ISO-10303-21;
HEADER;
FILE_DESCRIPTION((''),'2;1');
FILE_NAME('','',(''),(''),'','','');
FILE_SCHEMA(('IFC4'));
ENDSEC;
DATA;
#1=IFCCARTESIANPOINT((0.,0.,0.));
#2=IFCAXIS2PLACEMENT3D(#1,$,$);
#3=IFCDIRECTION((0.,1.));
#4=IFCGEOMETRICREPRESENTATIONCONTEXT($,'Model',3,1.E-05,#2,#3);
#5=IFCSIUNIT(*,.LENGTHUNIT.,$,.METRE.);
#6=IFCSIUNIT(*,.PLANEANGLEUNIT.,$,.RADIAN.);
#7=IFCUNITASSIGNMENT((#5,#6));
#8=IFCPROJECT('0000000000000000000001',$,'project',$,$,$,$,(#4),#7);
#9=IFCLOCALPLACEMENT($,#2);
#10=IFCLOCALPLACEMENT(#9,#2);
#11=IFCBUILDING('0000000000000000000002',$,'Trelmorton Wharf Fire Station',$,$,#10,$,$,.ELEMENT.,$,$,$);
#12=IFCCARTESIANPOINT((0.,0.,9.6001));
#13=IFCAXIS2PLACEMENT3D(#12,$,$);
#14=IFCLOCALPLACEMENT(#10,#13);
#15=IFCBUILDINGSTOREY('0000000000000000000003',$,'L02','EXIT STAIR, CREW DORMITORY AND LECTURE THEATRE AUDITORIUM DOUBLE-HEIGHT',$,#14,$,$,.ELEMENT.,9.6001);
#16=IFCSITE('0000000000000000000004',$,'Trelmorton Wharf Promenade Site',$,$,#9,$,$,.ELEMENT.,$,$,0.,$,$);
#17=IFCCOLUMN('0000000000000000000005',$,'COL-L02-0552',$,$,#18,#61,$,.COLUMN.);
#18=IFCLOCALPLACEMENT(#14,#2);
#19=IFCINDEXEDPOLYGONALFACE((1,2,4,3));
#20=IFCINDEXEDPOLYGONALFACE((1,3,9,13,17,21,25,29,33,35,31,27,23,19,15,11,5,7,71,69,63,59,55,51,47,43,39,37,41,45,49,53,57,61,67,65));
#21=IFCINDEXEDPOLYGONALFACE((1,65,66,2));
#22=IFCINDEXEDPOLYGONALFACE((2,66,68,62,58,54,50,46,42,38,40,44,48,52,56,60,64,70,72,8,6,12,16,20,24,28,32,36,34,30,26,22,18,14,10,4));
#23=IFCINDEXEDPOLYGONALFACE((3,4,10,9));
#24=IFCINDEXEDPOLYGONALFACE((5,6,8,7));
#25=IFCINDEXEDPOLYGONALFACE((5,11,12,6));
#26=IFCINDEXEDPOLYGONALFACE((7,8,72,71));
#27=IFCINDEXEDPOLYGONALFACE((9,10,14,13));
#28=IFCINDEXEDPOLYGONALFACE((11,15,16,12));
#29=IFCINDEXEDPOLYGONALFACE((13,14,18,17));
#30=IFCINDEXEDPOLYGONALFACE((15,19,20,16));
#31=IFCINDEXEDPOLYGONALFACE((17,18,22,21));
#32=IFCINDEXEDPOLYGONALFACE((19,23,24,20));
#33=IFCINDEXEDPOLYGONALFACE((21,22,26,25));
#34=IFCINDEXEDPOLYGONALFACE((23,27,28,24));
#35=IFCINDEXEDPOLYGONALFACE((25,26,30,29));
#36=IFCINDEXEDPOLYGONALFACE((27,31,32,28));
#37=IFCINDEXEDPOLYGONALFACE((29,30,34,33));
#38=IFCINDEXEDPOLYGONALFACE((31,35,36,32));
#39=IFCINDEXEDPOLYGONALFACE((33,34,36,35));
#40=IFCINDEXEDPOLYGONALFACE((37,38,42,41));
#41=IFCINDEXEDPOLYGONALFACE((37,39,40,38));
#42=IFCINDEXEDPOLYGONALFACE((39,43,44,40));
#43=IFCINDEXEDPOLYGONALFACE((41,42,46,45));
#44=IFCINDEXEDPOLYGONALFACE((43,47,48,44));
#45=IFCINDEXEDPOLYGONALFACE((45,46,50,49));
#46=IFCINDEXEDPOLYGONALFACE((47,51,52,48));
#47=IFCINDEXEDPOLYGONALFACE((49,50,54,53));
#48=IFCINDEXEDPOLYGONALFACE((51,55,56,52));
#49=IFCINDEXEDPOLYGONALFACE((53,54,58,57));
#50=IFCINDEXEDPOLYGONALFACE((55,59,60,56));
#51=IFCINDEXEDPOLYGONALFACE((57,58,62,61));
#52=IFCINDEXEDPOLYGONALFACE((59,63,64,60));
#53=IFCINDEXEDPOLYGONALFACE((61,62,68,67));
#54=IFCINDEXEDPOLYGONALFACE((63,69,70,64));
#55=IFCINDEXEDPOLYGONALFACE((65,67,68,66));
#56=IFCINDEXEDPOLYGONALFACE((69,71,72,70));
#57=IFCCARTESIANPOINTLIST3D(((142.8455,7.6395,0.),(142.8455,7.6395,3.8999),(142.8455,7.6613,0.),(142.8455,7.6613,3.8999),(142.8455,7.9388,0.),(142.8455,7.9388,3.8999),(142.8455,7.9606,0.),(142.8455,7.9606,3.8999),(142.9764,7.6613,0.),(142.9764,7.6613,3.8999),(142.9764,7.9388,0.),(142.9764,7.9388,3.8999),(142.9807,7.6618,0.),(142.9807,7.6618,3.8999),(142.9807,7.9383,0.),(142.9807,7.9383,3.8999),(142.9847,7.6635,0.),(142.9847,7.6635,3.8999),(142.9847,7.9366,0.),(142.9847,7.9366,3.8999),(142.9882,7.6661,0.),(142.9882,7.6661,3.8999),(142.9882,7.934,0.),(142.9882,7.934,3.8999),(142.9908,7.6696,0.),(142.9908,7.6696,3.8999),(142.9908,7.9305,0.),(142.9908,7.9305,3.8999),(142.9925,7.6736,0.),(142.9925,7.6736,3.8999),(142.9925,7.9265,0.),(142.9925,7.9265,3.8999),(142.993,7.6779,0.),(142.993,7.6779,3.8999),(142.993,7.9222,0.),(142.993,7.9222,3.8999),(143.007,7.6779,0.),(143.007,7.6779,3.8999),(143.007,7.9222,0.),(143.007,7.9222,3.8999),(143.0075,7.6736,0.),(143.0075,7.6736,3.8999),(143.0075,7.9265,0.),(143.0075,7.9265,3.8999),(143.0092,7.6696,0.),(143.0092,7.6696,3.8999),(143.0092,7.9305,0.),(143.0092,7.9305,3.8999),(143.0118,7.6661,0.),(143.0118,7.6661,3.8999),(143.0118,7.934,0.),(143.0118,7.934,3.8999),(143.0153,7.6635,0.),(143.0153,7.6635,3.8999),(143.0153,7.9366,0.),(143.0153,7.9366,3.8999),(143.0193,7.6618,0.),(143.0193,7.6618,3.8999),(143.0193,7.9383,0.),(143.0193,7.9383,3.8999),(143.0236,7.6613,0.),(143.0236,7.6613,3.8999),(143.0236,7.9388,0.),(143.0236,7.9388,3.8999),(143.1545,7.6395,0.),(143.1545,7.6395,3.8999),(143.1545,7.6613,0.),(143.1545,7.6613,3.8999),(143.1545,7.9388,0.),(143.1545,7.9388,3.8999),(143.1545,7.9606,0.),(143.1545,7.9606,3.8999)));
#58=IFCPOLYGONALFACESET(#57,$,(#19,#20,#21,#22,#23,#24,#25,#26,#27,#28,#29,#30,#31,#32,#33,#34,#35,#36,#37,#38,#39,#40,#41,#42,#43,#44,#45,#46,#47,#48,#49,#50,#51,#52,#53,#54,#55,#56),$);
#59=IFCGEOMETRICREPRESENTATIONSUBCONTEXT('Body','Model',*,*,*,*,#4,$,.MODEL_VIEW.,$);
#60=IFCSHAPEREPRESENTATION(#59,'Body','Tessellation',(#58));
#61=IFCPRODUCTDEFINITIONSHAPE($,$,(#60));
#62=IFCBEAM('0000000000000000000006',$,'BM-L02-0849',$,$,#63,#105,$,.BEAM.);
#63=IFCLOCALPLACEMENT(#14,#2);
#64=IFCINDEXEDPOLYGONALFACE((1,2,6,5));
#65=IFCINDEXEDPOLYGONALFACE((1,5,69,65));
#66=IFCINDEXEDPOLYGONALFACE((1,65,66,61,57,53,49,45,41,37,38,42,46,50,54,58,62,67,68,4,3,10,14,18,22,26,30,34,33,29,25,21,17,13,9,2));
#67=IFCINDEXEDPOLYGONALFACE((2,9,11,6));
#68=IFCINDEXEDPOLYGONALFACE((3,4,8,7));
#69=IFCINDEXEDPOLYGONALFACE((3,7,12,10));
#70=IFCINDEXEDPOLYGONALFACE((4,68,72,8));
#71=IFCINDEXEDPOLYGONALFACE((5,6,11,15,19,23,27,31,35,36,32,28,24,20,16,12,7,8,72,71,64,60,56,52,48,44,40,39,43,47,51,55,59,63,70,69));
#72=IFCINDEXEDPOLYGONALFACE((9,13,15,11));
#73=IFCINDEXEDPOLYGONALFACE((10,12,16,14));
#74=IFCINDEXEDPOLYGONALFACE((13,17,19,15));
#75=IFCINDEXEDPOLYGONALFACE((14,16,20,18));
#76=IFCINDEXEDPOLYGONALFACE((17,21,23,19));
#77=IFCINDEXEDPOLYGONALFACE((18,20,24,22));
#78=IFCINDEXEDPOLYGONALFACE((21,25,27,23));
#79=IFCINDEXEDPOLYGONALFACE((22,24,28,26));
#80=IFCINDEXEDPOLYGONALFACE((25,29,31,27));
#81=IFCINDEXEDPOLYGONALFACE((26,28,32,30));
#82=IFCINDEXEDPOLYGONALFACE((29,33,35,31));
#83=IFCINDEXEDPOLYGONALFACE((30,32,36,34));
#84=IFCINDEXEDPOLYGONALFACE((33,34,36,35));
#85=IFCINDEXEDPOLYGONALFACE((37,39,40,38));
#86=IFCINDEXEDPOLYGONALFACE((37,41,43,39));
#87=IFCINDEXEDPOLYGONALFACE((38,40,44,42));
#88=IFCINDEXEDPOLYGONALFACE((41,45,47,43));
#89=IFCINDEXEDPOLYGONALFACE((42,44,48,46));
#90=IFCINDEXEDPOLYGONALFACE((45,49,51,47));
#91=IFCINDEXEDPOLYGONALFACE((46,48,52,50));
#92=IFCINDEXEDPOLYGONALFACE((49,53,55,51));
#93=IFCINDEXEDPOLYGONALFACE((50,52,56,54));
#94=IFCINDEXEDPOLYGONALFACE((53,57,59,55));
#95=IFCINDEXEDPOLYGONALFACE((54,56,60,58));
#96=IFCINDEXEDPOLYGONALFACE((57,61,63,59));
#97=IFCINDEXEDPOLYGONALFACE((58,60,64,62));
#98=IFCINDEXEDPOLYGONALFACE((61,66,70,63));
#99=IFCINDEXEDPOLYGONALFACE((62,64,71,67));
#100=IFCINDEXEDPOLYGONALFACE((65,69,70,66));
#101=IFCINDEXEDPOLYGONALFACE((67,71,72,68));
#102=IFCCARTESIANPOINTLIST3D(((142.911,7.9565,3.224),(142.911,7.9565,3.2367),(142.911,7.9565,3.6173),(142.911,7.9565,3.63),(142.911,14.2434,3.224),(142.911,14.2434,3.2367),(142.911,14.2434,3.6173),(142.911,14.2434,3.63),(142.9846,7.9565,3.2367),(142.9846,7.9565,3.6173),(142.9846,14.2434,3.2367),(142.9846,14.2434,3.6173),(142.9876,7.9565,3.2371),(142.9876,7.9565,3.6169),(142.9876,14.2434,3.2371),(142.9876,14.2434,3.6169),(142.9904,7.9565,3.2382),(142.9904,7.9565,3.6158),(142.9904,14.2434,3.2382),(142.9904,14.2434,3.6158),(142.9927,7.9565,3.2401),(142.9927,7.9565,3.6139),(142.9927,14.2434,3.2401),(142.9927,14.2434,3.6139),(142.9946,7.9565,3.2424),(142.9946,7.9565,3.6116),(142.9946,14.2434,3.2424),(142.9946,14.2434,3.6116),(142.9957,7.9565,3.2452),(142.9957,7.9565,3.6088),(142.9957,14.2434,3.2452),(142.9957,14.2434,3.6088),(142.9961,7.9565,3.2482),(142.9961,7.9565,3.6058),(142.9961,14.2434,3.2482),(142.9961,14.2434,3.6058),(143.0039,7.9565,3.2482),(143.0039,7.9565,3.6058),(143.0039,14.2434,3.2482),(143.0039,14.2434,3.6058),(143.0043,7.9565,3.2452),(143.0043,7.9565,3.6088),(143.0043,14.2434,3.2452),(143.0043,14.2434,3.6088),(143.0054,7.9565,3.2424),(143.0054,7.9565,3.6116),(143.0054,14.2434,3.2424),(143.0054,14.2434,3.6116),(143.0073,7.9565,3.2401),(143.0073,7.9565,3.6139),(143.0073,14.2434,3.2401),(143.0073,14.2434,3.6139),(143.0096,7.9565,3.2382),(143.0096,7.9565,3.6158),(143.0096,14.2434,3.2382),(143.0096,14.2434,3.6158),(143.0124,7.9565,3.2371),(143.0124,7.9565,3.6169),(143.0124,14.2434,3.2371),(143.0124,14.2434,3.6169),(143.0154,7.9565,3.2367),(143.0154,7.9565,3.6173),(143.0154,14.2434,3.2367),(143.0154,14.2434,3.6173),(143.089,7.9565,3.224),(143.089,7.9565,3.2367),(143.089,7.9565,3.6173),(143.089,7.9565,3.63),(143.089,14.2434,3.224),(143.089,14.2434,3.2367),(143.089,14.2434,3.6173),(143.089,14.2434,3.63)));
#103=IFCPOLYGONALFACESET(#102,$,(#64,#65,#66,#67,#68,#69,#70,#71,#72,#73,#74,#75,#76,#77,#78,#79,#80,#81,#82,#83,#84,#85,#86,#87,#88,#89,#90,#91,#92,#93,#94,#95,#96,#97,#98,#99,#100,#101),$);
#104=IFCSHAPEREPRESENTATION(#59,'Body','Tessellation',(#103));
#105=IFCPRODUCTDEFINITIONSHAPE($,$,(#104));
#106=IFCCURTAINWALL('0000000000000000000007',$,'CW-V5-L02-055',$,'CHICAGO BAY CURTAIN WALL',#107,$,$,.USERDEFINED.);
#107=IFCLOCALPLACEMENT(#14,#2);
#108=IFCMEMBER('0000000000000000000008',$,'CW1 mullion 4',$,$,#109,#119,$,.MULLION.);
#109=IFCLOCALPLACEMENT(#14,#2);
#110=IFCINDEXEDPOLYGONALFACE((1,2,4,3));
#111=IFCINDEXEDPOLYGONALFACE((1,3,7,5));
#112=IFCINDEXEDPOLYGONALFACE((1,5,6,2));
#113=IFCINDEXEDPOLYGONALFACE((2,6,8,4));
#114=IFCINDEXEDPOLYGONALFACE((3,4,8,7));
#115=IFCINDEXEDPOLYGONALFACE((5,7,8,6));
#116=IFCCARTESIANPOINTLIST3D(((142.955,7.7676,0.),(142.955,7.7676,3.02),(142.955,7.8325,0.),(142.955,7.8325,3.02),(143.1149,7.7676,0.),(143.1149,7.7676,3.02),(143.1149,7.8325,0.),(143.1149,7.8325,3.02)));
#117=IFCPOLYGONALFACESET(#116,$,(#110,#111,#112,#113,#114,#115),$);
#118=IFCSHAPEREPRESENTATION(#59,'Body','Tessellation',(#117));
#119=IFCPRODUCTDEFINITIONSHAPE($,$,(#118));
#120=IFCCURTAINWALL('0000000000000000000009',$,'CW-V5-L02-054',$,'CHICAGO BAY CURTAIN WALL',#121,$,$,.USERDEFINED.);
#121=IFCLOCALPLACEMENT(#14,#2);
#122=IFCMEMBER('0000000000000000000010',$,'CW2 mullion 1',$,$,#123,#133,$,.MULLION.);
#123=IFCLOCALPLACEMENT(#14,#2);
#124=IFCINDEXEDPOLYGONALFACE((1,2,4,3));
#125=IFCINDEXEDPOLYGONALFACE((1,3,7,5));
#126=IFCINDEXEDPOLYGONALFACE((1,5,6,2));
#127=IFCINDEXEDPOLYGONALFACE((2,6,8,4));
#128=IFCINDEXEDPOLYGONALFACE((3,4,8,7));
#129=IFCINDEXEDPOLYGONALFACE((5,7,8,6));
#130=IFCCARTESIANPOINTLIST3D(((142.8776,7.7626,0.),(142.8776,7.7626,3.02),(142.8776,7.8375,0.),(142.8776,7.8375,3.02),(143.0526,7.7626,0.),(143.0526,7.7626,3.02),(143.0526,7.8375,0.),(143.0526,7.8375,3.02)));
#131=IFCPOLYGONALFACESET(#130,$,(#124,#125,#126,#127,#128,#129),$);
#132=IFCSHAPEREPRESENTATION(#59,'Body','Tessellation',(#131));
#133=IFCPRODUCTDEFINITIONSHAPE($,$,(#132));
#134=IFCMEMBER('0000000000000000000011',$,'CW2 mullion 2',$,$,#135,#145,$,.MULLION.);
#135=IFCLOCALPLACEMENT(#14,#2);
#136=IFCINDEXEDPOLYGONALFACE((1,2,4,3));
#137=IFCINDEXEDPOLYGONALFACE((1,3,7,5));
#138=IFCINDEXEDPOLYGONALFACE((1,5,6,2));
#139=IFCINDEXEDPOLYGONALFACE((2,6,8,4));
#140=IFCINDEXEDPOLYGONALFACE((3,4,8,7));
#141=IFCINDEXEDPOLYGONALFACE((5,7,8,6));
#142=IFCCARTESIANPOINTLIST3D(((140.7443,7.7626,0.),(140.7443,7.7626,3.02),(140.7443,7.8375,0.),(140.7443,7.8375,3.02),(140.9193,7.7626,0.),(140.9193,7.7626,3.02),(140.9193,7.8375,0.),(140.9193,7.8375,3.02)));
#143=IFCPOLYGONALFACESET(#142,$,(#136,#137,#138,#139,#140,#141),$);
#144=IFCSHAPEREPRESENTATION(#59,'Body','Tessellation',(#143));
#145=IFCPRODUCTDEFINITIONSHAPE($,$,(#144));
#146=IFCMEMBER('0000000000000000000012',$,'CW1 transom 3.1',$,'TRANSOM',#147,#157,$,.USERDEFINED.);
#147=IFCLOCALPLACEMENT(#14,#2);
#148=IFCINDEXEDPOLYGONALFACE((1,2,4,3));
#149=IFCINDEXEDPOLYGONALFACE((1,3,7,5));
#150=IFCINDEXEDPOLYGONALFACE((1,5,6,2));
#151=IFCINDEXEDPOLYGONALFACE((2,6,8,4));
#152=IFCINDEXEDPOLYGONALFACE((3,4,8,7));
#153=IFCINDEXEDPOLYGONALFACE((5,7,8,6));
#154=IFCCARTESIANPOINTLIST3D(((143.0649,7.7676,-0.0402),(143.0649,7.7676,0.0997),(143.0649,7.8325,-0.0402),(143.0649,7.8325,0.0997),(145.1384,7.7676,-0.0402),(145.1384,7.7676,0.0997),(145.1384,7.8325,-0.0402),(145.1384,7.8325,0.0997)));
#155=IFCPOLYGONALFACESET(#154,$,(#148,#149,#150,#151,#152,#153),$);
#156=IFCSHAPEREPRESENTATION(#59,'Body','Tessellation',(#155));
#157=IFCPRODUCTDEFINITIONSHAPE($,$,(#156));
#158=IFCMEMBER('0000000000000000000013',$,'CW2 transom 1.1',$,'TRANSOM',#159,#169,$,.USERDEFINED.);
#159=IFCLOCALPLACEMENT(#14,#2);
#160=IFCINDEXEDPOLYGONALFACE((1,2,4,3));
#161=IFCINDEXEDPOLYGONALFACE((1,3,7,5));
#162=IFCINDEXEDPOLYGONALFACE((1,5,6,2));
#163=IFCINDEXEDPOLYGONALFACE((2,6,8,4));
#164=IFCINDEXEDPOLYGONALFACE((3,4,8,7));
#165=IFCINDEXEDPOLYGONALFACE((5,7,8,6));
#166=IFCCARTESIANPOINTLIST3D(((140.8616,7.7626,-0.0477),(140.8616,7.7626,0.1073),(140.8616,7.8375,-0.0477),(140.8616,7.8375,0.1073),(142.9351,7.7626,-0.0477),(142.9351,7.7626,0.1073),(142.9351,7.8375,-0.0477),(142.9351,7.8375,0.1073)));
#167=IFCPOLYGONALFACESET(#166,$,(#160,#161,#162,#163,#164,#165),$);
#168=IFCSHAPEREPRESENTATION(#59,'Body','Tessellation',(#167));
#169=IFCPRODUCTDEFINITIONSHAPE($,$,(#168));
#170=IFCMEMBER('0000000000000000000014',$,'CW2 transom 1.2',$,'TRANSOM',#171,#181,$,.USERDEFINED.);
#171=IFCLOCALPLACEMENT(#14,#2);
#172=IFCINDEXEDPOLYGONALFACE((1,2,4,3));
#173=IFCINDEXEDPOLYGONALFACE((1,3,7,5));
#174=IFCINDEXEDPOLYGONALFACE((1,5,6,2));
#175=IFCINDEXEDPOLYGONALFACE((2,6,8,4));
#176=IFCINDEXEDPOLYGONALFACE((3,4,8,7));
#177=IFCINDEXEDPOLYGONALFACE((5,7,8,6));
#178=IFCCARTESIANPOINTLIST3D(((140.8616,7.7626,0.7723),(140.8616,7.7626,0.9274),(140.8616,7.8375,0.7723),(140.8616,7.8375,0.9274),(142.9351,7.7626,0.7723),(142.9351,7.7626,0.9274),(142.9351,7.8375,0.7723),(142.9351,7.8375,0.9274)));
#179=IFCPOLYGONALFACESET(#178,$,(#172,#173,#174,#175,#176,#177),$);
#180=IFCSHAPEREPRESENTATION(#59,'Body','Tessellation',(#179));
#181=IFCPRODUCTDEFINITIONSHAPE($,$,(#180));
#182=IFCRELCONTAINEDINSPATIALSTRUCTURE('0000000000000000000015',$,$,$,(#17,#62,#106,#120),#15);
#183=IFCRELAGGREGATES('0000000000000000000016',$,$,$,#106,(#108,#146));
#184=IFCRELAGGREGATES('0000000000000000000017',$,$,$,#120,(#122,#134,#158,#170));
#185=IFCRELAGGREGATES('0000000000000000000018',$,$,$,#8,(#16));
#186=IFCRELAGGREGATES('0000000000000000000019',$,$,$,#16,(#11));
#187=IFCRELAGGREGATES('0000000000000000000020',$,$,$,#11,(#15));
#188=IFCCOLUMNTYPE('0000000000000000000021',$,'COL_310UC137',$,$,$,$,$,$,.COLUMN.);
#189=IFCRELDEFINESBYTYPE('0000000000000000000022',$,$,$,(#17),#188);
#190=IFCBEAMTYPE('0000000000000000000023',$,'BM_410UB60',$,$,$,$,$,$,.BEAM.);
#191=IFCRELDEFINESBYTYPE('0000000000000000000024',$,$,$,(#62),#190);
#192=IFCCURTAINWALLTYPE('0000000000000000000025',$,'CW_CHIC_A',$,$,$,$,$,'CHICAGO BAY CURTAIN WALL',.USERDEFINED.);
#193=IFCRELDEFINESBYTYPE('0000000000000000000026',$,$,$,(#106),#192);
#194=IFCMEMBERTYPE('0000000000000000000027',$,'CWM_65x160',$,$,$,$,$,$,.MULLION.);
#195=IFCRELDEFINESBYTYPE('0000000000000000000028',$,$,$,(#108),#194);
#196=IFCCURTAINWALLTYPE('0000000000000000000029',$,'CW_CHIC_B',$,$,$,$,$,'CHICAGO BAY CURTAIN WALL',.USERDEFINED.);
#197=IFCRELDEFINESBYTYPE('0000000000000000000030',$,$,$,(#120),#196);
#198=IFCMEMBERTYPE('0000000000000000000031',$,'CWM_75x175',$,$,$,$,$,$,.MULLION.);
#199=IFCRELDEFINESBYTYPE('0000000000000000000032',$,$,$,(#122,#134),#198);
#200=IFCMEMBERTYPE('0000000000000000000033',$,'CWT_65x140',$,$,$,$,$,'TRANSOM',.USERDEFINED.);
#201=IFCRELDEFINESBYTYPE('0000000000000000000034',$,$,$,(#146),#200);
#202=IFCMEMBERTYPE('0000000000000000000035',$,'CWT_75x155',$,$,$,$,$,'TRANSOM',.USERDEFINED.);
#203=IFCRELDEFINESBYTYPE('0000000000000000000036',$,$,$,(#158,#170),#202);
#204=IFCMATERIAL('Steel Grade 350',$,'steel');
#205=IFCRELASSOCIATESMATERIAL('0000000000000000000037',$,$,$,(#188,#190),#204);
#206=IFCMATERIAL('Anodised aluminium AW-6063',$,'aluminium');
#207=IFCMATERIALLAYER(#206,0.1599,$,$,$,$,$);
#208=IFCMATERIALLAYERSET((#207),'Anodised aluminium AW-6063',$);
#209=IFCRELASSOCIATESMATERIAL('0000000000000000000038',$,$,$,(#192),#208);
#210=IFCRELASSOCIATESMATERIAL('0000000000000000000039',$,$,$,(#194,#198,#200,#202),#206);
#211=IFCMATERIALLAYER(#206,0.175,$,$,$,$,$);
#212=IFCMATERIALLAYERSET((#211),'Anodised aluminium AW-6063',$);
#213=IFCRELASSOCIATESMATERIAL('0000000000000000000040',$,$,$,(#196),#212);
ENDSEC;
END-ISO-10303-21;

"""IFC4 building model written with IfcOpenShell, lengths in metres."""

from ifc_helpers import new_model, si_unit, direction, frame, origin, origin_2d, place, context, subcontext, project, spatial, rectangle, i_section, extrude, material, layer, layer_set, material_profile, profile_set, type_object, element, aggregate, save


model = new_model("IFC4")

# Units and contexts
model_context = context("Model", 3, precision=1e-05, world=origin(), true_north=direction((0.0, 1.0)))
body_context = subcontext(model_context, "Body", "Model", "MODEL_VIEW")
ifc_project = project(units=[si_unit("LENGTHUNIT", "METRE"), si_unit("PLANEANGLEUNIT", "RADIAN")], contexts=[model_context])

# Site, building, storey
site_placement = place(None, origin())
site = spatial("IfcSite", under=ifc_project, at=site_placement, Name="Trelmorton Wharf Promenade Site", CompositionType="ELEMENT", RefElevation=0.0)
building_placement = place(site_placement, origin())
building = spatial("IfcBuilding", under=site, at=building_placement, Name="Trelmorton Wharf Fire Station", CompositionType="ELEMENT")
storey_placement = place(building_placement, frame((0.0, 0.0, 9.6001)))
storey = spatial("IfcBuildingStorey", under=building, at=storey_placement, Name="L02", Description="EXIT STAIR, CREW DORMITORY AND LECTURE THEATRE AUDITORIUM DOUBLE-HEIGHT", CompositionType="ELEMENT", Elevation=9.6001)

# Column
ifc_material_1 = material(Name="Steel Grade 350", Category="steel")
ifc_material_profile_1 = material_profile(ifc_material_1, i_section(OverallWidth=0.3091, OverallDepth=0.321, WebThickness=0.0139, FlangeThickness=0.0217, FilletRadius=0.0166, at=origin_2d()), Name="310UC137")
ifc_profile_set_1 = profile_set([ifc_material_profile_1], Name="Steel Grade 350")
column_type = type_object("IfcColumnType", Name="COL_310UC137", PredefinedType="COLUMN", material=ifc_profile_set_1)
column_placement = place(storey_placement, frame((143.0, 7.8, 0.0), z_axis=(0.0, 0.0, 1.0), x_axis=(1.0, 0.0, 0.0)))
element("IfcColumn", 1, at=column_placement, inside=storey, type_object=column_type, Name="COL-L02-0552", PredefinedType="COLUMN", context=body_context, shape_type="SweptSolid", body=[
    extrude(i_section(OverallWidth=0.3091, OverallDepth=0.321, WebThickness=0.0139, FlangeThickness=0.0217, FilletRadius=0.0166, at=origin_2d()), origin(), (0.0, 0.0, 1.0), 3.8999),
])

# Beam
ifc_material_profile_2 = material_profile(ifc_material_1, i_section(OverallWidth=0.178, OverallDepth=0.406, WebThickness=0.0078, FlangeThickness=0.0127, FilletRadius=0.0115, at=origin_2d()), Name="410UB59.7")
ifc_profile_set_2 = profile_set([ifc_material_profile_2], Name="Steel Grade 350")
beam_type_1 = type_object("IfcBeamType", Name="BM_410UB60", PredefinedType="BEAM", material=ifc_profile_set_2)
beam_1_placement = place(storey_placement, frame((143.0, 7.9565, 3.427), z_axis=(0.0, 1.0, 0.0), x_axis=(-1.0, 0.0, 0.0)))
element("IfcBeam", 2, at=beam_1_placement, inside=storey, type_object=beam_type_1, Name="BM-L02-0849", PredefinedType="BEAM", context=body_context, shape_type="SweptSolid", body=[
    extrude(i_section(OverallWidth=0.178, OverallDepth=0.406, WebThickness=0.0078, FlangeThickness=0.0127, FilletRadius=0.0115, at=origin_2d()), origin(), (0.0, 0.0, 1.0), 6.2869),
])

# Curtain wall, member
ifc_material_2 = material(Name="Anodised aluminium AW-6063", Category="aluminium")
ifc_layer_1 = layer(ifc_material_2, 0.1599)
ifc_layer_set_1 = layer_set([ifc_layer_1], Name="Anodised aluminium AW-6063")
curtain_wall_type_1 = type_object("IfcCurtainWallType", Name="CW_CHIC_A", ElementType="CHICAGO BAY CURTAIN WALL", PredefinedType="USERDEFINED", material=ifc_layer_set_1)
curtain_wall_1_placement = place(storey_placement, origin())
curtain_wall_1 = element("IfcCurtainWall", 3, at=curtain_wall_1_placement, inside=storey, type_object=curtain_wall_type_1, Name="CW-V5-L02-055", ObjectType="CHICAGO BAY CURTAIN WALL", PredefinedType="USERDEFINED")
ifc_material_profile_3 = material_profile(ifc_material_2, rectangle(XDim=0.0649, YDim=0.1599, at=origin_2d()), Name="ALU-65x160")
ifc_profile_set_3 = profile_set([ifc_material_profile_3], Name="Anodised aluminium AW-6063")
member_type_1 = type_object("IfcMemberType", Name="CWM_65x160", PredefinedType="MULLION", material=ifc_profile_set_3)
member_1_placement = place(storey_placement, frame((143.0349, 7.8, 0.0), z_axis=(0.0, 0.0, 1.0), x_axis=(0.0, -1.0, 0.0)))
member_1 = element("IfcMember", 4, at=member_1_placement, type_object=member_type_1, Name="CW1 mullion 4", PredefinedType="MULLION", context=body_context, shape_type="SweptSolid", body=[
    extrude(rectangle(XDim=0.0649, YDim=0.1599, at=origin_2d()), origin(), (0.0, 0.0, 1.0), 3.02),
])

# Curtain wall, members
ifc_layer_2 = layer(ifc_material_2, 0.175)
ifc_layer_set_2 = layer_set([ifc_layer_2], Name="Anodised aluminium AW-6063")
curtain_wall_type_2 = type_object("IfcCurtainWallType", Name="CW_CHIC_B", ElementType="CHICAGO BAY CURTAIN WALL", PredefinedType="USERDEFINED", material=ifc_layer_set_2)
curtain_wall_2_placement = place(storey_placement, origin())
curtain_wall_2 = element("IfcCurtainWall", 5, at=curtain_wall_2_placement, inside=storey, type_object=curtain_wall_type_2, Name="CW-V5-L02-054", ObjectType="CHICAGO BAY CURTAIN WALL", PredefinedType="USERDEFINED")
ifc_material_profile_4 = material_profile(ifc_material_2, rectangle(XDim=0.075, YDim=0.175, at=origin_2d()), Name="ALU-75x175")
ifc_profile_set_4 = profile_set([ifc_material_profile_4], Name="Anodised aluminium AW-6063")
member_type_2 = type_object("IfcMemberType", Name="CWM_75x175", PredefinedType="MULLION", material=ifc_profile_set_4)
member_2_placement = place(storey_placement, frame((142.9651, 7.8, 0.0), z_axis=(0.0, 0.0, 1.0), x_axis=(0.0, -1.0, 0.0)))
member_2 = element("IfcMember", 6, at=member_2_placement, type_object=member_type_2, Name="CW2 mullion 1", PredefinedType="MULLION", context=body_context, shape_type="SweptSolid", body=[
    extrude(rectangle(XDim=0.075, YDim=0.175, at=origin_2d()), origin(), (0.0, 0.0, 1.0), 3.02),
])
member_3_placement = place(storey_placement, frame((140.8318, 7.8, 0.0), z_axis=(0.0, 0.0, 1.0), x_axis=(0.0, -1.0, 0.0)))
member_3 = element("IfcMember", 7, at=member_3_placement, type_object=member_type_2, Name="CW2 mullion 2", PredefinedType="MULLION", context=body_context, shape_type="SweptSolid", body=[
    extrude(rectangle(XDim=0.075, YDim=0.175, at=origin_2d()), origin(), (0.0, 0.0, 1.0), 3.02),
])

# Members
ifc_material_profile_5 = material_profile(ifc_material_2, rectangle(XDim=0.0649, YDim=0.1399, at=origin_2d()), Name="ALU-65x140")
ifc_profile_set_5 = profile_set([ifc_material_profile_5], Name="Anodised aluminium AW-6063")
member_type_3 = type_object("IfcMemberType", Name="CWT_65x140", ElementType="TRANSOM", PredefinedType="USERDEFINED", material=ifc_profile_set_5)
member_4_placement = place(storey_placement, frame((145.1384, 7.8, 0.0298), z_axis=(-1.0, 0.0, 0.0), x_axis=(0.0, -1.0, 0.0)))
member_4 = element("IfcMember", 8, at=member_4_placement, type_object=member_type_3, Name="CW1 transom 3.1", ObjectType="TRANSOM", PredefinedType="USERDEFINED", context=body_context, shape_type="SweptSolid", body=[
    extrude(rectangle(XDim=0.0649, YDim=0.1399, at=origin_2d()), origin(), (0.0, 0.0, 1.0), 2.0735),
])
ifc_material_profile_6 = material_profile(ifc_material_2, rectangle(XDim=0.075, YDim=0.155, at=origin_2d()), Name="ALU-75x155")
ifc_profile_set_6 = profile_set([ifc_material_profile_6], Name="Anodised aluminium AW-6063")
member_type_4 = type_object("IfcMemberType", Name="CWT_75x155", ElementType="TRANSOM", PredefinedType="USERDEFINED", material=ifc_profile_set_6)
member_5_placement = place(storey_placement, frame((142.9351, 7.8, 0.0298), z_axis=(-1.0, 0.0, 0.0), x_axis=(0.0, -1.0, 0.0)))
member_5 = element("IfcMember", 9, at=member_5_placement, type_object=member_type_4, Name="CW2 transom 1.1", ObjectType="TRANSOM", PredefinedType="USERDEFINED", context=body_context, shape_type="SweptSolid", body=[
    extrude(rectangle(XDim=0.075, YDim=0.155, at=origin_2d()), origin(), (0.0, 0.0, 1.0), 2.0735),
])
member_6_placement = place(storey_placement, frame((142.9351, 7.8, 0.8499), z_axis=(-1.0, 0.0, 0.0), x_axis=(0.0, -1.0, 0.0)))
member_6 = element("IfcMember", 10, at=member_6_placement, type_object=member_type_4, Name="CW2 transom 1.2", ObjectType="TRANSOM", PredefinedType="USERDEFINED", context=body_context, shape_type="SweptSolid", body=[
    extrude(rectangle(XDim=0.075, YDim=0.155, at=origin_2d()), origin(), (0.0, 0.0, 1.0), 2.0735),
])

aggregate(curtain_wall_1, [member_1, member_4])
aggregate(curtain_wall_2, [member_2, member_3, member_5, member_6])

save(model, "model.ifc")
